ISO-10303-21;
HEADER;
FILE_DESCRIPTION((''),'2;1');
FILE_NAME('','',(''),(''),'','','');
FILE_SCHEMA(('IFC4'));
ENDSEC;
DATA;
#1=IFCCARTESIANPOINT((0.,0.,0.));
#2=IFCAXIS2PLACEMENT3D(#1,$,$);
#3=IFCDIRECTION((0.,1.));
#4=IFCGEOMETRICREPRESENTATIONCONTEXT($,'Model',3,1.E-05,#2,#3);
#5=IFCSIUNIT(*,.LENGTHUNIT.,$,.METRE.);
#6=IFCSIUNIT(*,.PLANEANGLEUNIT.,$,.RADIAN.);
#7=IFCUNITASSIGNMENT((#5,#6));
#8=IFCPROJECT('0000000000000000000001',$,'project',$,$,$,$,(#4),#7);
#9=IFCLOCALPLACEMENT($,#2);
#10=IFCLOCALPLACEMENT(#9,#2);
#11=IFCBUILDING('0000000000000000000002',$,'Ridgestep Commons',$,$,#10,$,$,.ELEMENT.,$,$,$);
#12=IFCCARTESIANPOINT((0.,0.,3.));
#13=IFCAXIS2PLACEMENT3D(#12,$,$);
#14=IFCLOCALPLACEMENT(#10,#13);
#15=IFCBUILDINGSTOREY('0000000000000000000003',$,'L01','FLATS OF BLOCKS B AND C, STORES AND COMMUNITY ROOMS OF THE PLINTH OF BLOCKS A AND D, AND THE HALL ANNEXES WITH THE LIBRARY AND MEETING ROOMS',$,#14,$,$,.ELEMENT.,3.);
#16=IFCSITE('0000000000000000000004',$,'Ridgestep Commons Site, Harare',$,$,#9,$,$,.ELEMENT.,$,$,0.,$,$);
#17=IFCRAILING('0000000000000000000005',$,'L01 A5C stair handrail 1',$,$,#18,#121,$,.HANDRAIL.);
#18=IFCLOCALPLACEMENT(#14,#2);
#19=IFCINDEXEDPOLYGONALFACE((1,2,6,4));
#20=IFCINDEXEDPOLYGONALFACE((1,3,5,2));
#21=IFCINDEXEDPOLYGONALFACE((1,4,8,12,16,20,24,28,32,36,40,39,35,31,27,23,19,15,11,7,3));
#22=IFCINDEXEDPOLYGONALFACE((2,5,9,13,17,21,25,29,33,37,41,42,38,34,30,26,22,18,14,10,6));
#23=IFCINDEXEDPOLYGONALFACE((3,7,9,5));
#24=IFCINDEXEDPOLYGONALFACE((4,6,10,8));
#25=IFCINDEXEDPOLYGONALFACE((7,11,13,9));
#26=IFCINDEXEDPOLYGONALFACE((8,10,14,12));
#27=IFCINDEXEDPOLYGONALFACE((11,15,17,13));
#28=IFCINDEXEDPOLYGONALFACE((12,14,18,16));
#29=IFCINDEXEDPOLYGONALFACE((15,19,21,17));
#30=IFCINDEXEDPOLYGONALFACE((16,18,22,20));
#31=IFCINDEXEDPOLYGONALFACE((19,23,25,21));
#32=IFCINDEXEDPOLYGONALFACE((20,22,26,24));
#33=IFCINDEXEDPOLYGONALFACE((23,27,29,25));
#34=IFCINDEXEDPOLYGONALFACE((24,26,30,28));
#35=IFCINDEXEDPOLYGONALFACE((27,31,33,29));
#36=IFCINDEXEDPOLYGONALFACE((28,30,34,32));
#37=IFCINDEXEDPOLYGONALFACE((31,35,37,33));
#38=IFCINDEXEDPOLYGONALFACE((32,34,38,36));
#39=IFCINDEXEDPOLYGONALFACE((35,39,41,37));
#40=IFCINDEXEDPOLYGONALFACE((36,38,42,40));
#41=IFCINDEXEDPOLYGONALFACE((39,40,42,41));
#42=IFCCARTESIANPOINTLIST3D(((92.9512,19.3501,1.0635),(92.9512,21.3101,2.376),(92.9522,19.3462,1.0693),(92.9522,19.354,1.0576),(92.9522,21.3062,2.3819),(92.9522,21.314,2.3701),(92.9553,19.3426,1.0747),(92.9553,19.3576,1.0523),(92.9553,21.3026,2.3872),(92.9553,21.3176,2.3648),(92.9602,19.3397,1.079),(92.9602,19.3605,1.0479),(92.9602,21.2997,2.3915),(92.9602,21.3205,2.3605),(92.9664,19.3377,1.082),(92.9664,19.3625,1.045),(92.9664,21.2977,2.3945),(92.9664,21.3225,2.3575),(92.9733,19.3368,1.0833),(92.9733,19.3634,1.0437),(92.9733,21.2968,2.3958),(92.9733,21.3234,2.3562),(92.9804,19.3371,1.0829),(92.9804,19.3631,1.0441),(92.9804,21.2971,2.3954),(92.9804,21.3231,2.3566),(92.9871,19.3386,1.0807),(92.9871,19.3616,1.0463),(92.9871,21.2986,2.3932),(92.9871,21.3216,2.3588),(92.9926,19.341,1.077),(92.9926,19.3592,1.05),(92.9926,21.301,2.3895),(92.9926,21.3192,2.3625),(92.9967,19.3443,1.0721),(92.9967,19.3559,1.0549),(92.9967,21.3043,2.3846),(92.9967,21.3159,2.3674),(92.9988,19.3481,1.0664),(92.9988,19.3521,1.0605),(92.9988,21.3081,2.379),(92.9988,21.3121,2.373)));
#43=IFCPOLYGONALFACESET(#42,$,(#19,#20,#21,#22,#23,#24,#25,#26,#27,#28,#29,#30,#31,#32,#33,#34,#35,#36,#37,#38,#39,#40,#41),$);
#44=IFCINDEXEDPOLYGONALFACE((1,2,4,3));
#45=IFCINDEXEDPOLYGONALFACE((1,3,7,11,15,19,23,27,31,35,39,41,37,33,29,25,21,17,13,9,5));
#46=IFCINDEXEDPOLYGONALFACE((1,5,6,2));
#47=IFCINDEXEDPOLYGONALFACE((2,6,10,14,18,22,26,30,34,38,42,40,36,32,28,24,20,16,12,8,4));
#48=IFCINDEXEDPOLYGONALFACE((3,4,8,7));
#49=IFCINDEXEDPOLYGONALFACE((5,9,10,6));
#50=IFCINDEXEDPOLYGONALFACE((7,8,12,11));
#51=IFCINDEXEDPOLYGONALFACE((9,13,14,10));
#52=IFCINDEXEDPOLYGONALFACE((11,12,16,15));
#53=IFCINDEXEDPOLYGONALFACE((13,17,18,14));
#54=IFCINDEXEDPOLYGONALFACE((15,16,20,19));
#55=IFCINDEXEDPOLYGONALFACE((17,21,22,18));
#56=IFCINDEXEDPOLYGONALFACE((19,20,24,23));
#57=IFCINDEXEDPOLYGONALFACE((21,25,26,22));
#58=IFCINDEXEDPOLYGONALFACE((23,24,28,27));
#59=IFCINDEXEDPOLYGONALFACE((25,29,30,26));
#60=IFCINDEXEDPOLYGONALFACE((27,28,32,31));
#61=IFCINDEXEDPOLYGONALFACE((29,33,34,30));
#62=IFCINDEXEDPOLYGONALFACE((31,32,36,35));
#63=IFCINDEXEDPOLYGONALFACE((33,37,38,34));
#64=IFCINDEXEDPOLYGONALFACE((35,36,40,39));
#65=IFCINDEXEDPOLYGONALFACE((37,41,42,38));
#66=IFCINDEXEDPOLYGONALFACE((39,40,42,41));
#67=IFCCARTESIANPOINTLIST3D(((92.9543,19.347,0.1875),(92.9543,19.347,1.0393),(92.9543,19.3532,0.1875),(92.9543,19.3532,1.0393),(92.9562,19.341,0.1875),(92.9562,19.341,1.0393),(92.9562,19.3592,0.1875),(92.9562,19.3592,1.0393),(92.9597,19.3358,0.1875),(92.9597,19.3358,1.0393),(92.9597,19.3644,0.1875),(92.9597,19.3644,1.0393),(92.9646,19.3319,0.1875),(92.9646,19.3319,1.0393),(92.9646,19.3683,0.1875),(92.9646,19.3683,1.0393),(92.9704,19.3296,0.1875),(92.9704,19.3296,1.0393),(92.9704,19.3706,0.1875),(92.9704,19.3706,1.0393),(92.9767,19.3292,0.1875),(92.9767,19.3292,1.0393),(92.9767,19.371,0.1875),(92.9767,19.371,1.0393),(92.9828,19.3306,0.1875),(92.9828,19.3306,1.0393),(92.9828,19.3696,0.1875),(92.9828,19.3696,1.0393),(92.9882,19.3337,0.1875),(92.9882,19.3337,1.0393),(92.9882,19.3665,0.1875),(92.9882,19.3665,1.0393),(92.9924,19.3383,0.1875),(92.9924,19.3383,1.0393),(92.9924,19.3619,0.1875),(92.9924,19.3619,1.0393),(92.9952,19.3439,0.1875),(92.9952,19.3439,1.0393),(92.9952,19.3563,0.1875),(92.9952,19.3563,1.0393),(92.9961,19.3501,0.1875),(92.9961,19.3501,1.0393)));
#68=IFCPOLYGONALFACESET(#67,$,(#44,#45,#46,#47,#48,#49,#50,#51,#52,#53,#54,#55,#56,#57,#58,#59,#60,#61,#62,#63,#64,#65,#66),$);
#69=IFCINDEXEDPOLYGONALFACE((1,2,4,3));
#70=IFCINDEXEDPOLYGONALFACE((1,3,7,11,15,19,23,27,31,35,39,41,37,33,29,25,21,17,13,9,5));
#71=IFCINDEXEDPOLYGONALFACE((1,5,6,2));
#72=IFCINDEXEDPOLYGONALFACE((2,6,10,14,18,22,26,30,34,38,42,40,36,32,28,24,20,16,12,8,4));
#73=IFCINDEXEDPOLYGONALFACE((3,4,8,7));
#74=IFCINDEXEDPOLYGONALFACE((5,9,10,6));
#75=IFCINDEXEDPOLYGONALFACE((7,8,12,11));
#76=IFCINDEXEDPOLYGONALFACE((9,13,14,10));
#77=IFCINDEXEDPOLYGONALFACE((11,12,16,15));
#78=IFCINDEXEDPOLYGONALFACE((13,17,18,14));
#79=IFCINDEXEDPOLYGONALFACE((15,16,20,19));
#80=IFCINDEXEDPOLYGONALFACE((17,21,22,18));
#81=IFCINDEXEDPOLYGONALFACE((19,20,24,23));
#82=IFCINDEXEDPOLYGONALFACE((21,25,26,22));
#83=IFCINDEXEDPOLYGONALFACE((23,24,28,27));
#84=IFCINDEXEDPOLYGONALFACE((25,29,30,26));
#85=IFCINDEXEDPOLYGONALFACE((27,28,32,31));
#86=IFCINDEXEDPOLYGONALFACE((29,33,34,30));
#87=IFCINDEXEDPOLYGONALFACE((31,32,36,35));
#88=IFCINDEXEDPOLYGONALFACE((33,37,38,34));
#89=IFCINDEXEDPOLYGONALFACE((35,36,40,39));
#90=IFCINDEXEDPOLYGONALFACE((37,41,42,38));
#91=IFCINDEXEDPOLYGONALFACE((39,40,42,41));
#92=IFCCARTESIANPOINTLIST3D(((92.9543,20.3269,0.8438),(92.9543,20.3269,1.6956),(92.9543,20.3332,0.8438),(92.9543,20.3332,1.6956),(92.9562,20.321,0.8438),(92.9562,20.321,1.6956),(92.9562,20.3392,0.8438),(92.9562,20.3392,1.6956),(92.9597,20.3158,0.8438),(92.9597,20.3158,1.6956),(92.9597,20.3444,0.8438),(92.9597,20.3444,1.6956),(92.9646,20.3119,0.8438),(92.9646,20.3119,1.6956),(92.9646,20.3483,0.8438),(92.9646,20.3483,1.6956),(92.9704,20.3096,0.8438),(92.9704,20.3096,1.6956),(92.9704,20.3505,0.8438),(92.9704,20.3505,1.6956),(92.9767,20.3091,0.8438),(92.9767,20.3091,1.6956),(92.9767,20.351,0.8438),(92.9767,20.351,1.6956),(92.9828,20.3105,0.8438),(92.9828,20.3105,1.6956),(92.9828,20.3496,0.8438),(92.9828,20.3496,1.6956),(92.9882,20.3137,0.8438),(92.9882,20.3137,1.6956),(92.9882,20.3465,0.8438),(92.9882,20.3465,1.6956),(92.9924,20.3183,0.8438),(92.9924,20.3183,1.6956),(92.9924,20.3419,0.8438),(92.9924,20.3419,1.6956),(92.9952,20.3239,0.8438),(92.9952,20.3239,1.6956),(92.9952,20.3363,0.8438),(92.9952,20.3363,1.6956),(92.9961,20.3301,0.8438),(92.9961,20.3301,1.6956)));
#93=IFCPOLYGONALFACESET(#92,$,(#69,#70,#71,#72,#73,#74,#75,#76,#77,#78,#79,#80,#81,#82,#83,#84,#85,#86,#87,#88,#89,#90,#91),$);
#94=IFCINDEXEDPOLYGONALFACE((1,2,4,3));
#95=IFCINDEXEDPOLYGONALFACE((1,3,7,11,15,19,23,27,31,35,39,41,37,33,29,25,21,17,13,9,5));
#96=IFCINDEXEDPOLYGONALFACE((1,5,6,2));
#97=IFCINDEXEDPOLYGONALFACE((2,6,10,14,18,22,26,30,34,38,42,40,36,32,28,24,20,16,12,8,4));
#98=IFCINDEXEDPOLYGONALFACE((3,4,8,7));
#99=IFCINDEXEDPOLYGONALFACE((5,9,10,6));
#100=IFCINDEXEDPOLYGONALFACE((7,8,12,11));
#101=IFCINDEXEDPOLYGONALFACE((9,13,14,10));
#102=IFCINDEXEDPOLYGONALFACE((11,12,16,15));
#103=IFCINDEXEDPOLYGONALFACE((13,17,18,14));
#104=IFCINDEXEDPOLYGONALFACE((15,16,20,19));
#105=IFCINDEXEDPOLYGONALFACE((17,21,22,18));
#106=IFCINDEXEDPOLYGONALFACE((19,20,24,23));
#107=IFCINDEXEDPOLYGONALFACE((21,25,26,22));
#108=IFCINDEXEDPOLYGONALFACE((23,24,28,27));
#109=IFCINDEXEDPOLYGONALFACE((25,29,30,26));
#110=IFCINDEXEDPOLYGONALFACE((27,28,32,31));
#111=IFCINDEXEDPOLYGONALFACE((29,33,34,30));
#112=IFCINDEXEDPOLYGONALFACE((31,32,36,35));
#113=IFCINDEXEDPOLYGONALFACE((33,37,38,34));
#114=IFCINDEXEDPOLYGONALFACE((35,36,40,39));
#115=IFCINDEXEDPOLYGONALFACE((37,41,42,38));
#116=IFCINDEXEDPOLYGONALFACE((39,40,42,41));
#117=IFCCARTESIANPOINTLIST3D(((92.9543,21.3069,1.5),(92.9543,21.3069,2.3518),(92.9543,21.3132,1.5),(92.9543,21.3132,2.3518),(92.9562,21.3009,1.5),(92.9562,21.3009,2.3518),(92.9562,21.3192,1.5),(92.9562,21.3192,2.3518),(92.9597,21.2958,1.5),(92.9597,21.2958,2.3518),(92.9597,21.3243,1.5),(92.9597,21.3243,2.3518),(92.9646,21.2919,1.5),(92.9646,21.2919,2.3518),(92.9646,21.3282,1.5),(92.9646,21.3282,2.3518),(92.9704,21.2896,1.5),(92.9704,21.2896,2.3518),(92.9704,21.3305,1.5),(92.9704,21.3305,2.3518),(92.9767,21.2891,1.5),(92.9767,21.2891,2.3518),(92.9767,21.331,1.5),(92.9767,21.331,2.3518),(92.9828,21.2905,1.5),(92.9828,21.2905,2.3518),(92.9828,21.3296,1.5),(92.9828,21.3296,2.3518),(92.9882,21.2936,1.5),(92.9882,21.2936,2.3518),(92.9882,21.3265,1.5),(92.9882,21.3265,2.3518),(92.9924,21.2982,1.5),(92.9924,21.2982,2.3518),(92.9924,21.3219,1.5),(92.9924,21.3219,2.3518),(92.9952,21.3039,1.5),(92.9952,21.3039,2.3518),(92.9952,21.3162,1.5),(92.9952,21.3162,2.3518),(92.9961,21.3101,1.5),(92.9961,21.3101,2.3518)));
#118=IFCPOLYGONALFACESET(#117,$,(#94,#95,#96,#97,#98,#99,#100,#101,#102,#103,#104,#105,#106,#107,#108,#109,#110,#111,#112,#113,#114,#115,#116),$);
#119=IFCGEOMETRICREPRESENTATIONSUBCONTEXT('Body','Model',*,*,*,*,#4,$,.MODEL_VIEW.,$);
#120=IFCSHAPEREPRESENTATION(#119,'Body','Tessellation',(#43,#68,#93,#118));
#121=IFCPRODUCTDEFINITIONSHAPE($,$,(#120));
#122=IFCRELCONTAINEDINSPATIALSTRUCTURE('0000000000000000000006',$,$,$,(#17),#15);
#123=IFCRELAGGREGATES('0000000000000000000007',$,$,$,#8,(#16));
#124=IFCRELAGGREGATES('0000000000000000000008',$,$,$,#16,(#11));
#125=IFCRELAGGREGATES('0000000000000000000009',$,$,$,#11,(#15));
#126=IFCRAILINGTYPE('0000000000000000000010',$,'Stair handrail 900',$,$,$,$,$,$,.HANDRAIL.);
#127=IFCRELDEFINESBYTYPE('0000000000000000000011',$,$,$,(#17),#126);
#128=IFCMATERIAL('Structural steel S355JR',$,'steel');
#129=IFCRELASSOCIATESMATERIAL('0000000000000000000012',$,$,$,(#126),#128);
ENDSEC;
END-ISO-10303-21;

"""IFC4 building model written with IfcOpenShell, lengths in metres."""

from ifc_helpers import new_model, si_unit, direction, frame, origin, origin_2d, place, context, subcontext, project, spatial, circle, extrude, material, type_object, element, save


model = new_model("IFC4")

# Units and contexts
model_context = context("Model", 3, precision=1e-05, world=origin(), true_north=direction((0.0, 1.0)))
body_context = subcontext(model_context, "Body", "Model", "MODEL_VIEW")
ifc_project = project(units=[si_unit("LENGTHUNIT", "METRE"), si_unit("PLANEANGLEUNIT", "RADIAN")], contexts=[model_context])

# Site, building, storey
site_placement = place(None, origin())
site = spatial("IfcSite", under=ifc_project, at=site_placement, Name="Ridgestep Commons Site, Harare", CompositionType="ELEMENT", RefElevation=0.0)
building_placement = place(site_placement, origin())
building = spatial("IfcBuilding", under=site, at=building_placement, Name="Ridgestep Commons", CompositionType="ELEMENT")
storey_placement = place(building_placement, frame((0.0, 0.0, 3.0)))
storey = spatial("IfcBuildingStorey", under=building, at=storey_placement, Name="L01", Description="FLATS OF BLOCKS B AND C, STORES AND COMMUNITY ROOMS OF THE PLINTH OF BLOCKS A AND D, AND THE HALL ANNEXES WITH THE LIBRARY AND MEETING ROOMS", CompositionType="ELEMENT", Elevation=3.0)

# Railing
ifc_material_1 = material(Name="Structural steel S355JR", Category="steel")
railing_type_1 = type_object("IfcRailingType", Name="Stair handrail 900", PredefinedType="HANDRAIL", material=ifc_material_1)
railing_1_placement = place(storey_placement, frame((92.9751, 19.3501, 0.1875)))
element("IfcRailing", 1, at=railing_1_placement, inside=storey, type_object=railing_type_1, Name="L01 A5C stair handrail 1", PredefinedType="HANDRAIL", context=body_context, shape_type="SweptSolid", body=[
    extrude(circle(Radius=0.0239, at=origin_2d()), frame((0.0, 0.0, 0.876), z_axis=(0.0, 0.830902, 0.556419), x_axis=(-1.0, 0.0, 0.0)), (0.0, 0.0, 1.0), 2.3589),
    extrude(circle(Radius=0.021, at=origin_2d()), origin(), (0.0, 0.0, 1.0), 0.8518),
    extrude(circle(Radius=0.021, at=origin_2d()), frame((0.0, 0.98, 0.6562)), (0.0, 0.0, 1.0), 0.8518),
    extrude(circle(Radius=0.021, at=origin_2d()), frame((0.0, 1.96, 1.3125)), (0.0, 0.0, 1.0), 0.8518),
])

save(model, "model.ifc")
